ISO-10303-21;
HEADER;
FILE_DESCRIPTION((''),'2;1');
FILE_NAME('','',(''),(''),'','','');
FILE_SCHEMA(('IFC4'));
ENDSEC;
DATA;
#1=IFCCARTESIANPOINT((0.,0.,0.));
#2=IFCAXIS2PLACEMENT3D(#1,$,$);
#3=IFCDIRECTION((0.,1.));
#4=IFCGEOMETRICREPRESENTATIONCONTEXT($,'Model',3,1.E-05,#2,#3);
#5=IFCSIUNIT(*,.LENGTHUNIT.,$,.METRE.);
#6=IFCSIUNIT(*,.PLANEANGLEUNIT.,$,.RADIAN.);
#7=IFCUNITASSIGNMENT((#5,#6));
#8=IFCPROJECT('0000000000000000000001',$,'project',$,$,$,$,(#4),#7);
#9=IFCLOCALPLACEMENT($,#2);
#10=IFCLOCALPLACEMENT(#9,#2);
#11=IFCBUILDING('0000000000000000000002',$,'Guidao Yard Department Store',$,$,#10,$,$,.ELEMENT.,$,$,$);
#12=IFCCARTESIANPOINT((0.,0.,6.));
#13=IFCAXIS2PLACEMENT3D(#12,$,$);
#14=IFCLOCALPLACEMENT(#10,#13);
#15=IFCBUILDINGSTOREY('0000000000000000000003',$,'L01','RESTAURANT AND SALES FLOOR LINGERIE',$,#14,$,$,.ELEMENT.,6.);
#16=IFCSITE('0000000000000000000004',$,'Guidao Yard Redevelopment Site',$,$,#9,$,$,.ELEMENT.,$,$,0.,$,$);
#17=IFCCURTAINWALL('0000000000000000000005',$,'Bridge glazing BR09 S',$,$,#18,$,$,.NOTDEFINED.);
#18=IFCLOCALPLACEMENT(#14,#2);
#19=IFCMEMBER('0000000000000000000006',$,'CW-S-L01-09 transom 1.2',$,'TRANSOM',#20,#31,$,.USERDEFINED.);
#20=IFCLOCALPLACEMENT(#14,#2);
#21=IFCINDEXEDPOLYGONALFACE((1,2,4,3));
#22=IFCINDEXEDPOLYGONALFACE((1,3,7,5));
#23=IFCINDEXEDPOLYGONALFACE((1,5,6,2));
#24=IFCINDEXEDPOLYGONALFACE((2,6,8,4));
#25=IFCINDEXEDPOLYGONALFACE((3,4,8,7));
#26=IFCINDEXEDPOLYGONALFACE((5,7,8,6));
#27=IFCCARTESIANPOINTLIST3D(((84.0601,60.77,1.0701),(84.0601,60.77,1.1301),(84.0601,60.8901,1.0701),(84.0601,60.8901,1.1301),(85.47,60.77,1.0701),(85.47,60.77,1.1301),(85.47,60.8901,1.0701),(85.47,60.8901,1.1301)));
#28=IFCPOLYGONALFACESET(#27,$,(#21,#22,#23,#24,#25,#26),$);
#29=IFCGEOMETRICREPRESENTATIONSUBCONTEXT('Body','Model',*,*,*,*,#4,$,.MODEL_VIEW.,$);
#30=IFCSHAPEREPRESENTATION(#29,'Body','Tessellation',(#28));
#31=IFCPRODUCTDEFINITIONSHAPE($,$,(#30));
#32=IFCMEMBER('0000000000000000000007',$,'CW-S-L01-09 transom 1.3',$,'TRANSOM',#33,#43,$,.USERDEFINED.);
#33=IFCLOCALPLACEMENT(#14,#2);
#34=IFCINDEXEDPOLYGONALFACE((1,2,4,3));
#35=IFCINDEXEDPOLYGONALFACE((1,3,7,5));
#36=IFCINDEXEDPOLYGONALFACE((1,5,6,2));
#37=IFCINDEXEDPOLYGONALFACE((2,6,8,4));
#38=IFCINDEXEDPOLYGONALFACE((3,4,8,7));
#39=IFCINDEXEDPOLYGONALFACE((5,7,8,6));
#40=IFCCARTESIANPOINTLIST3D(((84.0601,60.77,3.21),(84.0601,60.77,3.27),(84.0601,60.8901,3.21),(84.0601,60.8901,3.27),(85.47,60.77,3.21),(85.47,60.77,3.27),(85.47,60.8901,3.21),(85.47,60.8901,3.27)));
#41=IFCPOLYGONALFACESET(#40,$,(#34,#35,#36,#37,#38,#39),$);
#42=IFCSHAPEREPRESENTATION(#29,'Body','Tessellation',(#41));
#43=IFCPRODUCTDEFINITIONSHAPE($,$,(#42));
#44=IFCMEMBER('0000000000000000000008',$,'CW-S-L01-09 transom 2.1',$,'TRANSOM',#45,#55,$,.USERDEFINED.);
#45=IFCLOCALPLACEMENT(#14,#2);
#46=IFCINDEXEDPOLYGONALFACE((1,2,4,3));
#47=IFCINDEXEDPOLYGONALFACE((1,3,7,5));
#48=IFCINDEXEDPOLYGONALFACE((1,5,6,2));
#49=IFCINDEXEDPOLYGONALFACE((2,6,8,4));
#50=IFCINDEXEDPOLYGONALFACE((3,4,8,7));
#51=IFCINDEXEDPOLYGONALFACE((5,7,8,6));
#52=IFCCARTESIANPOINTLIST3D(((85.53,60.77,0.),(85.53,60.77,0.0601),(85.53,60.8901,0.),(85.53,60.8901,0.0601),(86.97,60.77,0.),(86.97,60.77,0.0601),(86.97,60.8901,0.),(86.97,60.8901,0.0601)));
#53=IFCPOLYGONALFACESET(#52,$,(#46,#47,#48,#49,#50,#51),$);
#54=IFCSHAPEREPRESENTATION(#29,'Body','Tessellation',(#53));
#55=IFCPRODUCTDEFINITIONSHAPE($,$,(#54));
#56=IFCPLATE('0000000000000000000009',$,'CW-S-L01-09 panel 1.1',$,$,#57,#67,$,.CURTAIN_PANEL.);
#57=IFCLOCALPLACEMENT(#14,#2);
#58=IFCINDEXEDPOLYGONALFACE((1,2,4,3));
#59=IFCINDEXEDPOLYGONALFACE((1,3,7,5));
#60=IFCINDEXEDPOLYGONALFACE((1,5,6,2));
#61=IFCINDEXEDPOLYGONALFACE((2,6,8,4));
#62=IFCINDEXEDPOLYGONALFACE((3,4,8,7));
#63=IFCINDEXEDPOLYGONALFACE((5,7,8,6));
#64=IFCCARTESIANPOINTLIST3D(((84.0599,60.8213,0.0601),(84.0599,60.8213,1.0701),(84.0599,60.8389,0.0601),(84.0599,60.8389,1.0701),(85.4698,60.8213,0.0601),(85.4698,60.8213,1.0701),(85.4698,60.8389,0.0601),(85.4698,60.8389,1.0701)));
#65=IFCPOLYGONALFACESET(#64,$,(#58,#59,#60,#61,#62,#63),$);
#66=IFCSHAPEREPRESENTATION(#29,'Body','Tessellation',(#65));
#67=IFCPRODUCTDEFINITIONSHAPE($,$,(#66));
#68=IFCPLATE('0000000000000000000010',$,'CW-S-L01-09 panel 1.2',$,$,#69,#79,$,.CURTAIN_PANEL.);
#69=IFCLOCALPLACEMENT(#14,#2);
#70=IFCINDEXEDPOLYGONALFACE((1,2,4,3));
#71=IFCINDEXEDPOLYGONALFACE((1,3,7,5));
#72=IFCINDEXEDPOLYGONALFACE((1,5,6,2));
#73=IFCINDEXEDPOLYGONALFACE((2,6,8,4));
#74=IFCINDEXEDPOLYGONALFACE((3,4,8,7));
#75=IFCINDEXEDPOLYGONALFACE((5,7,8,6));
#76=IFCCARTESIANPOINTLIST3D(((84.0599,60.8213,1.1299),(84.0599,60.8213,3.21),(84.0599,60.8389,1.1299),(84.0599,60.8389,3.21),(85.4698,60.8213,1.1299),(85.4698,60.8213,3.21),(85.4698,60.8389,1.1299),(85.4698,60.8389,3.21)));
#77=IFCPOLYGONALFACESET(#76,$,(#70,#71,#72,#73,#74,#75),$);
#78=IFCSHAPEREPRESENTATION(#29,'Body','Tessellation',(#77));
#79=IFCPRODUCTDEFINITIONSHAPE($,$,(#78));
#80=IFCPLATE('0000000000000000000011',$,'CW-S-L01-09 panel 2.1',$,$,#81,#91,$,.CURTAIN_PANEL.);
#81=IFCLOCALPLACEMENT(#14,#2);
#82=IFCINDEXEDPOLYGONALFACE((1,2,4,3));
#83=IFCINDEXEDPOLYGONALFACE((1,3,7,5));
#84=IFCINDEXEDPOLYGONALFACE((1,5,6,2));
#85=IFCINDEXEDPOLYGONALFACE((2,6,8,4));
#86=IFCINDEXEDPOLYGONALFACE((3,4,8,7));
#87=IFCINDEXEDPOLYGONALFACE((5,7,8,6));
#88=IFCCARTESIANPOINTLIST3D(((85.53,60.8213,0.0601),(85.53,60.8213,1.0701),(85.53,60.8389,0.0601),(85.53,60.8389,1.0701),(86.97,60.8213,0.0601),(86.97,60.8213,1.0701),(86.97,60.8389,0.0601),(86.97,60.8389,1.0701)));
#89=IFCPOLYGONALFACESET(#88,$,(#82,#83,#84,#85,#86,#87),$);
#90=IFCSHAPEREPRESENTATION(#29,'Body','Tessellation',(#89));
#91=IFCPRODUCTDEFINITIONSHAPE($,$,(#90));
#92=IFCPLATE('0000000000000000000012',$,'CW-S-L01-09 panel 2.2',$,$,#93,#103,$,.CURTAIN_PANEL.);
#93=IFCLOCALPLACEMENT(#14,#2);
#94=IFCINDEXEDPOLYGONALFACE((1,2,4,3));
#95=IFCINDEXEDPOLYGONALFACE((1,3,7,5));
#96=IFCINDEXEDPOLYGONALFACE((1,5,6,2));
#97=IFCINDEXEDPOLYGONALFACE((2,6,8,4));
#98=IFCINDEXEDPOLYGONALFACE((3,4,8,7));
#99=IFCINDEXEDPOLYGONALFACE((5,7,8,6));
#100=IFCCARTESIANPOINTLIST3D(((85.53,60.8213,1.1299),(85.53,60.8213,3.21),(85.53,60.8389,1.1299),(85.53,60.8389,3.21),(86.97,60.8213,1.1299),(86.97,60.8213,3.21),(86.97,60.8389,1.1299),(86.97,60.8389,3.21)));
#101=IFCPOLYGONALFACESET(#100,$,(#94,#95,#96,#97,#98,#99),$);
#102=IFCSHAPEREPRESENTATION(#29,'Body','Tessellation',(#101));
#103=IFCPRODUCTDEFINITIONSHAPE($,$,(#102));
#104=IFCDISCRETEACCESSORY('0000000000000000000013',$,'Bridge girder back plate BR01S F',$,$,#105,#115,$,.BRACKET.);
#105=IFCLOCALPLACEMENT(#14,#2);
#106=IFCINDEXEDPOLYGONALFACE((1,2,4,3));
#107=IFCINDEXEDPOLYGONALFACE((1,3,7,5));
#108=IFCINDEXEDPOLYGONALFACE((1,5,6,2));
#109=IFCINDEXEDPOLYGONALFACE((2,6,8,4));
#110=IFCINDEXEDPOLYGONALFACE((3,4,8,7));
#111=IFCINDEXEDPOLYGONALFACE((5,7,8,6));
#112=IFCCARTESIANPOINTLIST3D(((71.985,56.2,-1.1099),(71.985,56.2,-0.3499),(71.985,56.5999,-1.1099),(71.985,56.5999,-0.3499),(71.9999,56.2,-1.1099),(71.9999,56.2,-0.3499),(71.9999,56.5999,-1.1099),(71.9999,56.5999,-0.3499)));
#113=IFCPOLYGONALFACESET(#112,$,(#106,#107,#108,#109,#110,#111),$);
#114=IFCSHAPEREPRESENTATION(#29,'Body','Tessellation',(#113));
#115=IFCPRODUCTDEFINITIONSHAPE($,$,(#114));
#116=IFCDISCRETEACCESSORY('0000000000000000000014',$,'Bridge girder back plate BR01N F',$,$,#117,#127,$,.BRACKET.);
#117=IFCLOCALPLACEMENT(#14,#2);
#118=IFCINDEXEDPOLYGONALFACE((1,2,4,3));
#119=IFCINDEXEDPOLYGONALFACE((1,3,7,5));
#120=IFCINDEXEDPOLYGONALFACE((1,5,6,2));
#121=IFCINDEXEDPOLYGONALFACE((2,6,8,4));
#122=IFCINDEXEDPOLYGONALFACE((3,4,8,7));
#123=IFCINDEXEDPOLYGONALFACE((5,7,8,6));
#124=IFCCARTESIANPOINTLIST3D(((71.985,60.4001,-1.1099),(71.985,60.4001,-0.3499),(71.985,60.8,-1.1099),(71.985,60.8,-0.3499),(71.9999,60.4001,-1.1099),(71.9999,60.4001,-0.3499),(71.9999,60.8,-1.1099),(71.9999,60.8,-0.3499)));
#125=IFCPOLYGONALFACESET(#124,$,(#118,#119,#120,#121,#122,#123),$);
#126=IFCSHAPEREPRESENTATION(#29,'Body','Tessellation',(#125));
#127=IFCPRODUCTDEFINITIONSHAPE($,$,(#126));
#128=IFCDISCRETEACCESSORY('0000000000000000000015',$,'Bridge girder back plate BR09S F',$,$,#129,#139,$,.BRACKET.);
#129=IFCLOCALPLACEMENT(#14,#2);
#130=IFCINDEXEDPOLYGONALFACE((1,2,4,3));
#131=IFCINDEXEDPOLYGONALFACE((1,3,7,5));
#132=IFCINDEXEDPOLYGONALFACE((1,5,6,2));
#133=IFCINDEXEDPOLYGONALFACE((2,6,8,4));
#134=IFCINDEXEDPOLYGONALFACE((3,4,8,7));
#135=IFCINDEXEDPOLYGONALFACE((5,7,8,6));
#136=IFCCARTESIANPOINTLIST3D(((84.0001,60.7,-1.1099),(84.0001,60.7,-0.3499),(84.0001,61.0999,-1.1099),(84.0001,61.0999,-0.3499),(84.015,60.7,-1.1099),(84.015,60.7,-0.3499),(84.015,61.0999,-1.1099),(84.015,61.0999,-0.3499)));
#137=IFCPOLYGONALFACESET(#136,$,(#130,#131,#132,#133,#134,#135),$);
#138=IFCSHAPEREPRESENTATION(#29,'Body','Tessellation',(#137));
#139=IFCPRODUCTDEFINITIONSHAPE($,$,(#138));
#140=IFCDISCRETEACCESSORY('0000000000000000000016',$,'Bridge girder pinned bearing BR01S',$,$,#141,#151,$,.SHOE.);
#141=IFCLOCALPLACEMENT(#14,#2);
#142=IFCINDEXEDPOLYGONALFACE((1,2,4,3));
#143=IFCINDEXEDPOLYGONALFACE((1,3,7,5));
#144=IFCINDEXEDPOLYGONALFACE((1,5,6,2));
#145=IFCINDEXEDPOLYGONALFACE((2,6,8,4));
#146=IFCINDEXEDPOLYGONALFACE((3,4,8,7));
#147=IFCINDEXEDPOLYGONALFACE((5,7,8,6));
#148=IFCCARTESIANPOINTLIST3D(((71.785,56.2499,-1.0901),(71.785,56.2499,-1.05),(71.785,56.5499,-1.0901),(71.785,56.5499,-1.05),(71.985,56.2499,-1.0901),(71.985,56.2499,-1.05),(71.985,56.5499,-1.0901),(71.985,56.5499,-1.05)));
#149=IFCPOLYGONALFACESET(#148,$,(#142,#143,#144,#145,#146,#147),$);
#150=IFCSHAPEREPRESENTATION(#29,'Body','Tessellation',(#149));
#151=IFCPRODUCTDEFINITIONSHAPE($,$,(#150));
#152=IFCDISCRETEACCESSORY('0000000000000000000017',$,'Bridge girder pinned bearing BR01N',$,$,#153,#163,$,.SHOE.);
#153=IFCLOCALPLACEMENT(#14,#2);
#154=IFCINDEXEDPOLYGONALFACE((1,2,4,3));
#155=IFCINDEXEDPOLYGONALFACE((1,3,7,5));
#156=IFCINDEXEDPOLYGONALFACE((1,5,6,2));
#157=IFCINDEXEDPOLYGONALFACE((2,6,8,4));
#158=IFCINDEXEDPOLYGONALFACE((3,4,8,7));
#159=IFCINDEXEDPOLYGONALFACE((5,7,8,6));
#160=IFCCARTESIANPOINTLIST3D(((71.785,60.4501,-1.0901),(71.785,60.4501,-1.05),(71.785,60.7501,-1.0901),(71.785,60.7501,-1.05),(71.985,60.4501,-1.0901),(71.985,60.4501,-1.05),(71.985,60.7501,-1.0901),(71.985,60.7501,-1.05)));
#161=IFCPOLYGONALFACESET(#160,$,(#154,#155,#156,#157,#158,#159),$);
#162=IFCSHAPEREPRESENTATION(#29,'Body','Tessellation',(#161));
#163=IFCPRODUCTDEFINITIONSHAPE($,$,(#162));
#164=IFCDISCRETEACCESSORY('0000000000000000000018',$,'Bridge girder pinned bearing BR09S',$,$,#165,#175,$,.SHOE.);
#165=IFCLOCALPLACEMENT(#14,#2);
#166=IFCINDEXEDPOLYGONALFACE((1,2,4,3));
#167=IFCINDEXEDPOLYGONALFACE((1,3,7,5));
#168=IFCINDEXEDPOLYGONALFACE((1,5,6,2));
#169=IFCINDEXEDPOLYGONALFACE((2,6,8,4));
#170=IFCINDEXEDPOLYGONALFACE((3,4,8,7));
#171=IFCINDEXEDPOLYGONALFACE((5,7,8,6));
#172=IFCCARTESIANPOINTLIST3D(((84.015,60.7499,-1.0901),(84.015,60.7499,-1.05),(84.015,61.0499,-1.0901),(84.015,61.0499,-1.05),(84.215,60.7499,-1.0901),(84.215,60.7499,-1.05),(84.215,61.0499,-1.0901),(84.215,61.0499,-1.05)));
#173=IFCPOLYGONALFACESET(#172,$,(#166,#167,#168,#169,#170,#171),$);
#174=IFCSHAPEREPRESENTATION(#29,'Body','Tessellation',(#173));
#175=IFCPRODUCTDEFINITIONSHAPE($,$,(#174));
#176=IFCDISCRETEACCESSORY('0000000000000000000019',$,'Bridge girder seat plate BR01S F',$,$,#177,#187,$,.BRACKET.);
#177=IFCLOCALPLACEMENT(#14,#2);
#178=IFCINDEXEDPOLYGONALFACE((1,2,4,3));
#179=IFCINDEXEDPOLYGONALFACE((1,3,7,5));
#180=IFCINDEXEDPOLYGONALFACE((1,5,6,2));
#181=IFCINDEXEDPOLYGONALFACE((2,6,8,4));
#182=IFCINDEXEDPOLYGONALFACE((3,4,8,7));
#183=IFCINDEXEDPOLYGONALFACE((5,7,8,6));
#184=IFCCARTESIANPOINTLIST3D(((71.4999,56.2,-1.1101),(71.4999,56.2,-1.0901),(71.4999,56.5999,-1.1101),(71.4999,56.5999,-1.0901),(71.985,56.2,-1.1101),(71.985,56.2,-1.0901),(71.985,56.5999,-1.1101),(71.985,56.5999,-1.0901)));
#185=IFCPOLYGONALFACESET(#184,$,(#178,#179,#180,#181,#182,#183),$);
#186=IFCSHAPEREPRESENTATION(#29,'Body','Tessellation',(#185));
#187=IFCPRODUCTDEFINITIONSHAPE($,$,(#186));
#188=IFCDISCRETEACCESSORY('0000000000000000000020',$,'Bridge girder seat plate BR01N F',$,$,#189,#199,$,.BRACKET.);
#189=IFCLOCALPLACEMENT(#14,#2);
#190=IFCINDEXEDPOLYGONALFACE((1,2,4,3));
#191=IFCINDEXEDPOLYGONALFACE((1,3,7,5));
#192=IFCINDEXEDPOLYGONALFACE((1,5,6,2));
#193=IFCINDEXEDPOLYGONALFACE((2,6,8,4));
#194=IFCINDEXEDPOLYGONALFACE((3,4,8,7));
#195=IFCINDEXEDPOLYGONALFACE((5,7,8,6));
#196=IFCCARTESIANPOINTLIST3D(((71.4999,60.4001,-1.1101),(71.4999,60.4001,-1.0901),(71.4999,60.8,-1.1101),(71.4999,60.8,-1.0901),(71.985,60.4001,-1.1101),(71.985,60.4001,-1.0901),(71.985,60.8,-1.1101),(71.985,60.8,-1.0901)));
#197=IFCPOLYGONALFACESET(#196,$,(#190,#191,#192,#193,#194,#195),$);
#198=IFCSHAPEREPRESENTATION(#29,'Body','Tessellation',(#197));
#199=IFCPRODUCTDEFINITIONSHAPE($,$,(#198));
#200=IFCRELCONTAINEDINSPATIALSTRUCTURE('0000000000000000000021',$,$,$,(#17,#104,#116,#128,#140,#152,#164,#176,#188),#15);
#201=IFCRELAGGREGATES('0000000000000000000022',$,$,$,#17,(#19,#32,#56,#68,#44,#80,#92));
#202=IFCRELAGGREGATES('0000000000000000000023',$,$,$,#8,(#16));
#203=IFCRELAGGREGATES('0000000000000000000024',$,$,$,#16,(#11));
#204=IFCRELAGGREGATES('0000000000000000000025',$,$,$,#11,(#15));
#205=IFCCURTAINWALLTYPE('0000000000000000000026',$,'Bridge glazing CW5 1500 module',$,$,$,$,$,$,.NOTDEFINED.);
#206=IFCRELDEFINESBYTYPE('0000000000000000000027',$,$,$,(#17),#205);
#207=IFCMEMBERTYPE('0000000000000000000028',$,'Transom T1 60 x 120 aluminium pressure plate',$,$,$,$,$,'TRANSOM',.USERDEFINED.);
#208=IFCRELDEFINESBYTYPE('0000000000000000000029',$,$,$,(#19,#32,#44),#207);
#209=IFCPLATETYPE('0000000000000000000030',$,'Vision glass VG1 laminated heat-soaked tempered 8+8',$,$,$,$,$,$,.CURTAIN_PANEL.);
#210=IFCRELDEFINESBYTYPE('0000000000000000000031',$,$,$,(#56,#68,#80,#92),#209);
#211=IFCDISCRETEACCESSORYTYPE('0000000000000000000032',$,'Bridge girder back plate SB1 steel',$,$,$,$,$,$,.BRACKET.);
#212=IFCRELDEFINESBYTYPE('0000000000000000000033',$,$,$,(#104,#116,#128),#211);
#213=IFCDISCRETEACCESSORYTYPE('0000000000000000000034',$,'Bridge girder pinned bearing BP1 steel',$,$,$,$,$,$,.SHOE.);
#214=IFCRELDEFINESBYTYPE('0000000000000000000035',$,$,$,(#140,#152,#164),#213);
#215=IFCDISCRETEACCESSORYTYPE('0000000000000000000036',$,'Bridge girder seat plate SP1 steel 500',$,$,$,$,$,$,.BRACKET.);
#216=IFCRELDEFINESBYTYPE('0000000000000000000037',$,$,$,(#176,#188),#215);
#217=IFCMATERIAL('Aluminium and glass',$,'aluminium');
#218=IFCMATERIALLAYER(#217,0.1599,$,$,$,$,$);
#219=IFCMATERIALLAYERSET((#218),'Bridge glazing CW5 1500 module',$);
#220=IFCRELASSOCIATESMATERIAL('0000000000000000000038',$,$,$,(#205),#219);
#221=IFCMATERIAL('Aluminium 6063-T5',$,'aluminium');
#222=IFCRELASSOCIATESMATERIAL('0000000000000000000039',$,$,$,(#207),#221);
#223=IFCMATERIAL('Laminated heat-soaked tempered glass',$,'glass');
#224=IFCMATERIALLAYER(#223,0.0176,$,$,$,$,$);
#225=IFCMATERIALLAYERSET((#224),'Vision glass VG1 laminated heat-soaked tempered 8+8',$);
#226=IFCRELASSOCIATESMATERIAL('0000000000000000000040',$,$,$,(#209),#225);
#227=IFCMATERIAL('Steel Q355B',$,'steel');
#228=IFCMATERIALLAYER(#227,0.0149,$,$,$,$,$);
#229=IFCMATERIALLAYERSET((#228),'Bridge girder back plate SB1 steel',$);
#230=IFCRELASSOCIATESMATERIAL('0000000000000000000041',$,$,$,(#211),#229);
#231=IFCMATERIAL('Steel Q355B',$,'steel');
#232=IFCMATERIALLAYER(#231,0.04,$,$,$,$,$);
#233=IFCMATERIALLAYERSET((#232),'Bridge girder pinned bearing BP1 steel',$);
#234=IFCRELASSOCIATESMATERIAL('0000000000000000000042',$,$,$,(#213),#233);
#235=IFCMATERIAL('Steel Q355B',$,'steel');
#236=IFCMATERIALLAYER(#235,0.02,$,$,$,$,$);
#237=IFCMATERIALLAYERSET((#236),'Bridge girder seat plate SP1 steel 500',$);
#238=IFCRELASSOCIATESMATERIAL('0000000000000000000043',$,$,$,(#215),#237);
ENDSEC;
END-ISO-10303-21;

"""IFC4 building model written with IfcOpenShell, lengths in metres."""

from ifc_helpers import new_model, si_unit, direction, frame, origin, origin_2d, place, context, subcontext, project, spatial, rectangle, extrude, material, layer, layer_set, material_profile, profile_set, type_object, element, aggregate, save


model = new_model("IFC4")

# Units and contexts
model_context = context("Model", 3, precision=1e-05, world=origin(), true_north=direction((0.0, 1.0)))
body_context = subcontext(model_context, "Body", "Model", "MODEL_VIEW")
ifc_project = project(units=[si_unit("LENGTHUNIT", "METRE"), si_unit("PLANEANGLEUNIT", "RADIAN")], contexts=[model_context])

# Site, building, storey
site_placement = place(None, origin())
site = spatial("IfcSite", under=ifc_project, at=site_placement, Name="Guidao Yard Redevelopment Site", CompositionType="ELEMENT", RefElevation=0.0)
building_placement = place(site_placement, origin())
building = spatial("IfcBuilding", under=site, at=building_placement, Name="Guidao Yard Department Store", CompositionType="ELEMENT")
storey_placement = place(building_placement, frame((0.0, 0.0, 6.0)))
storey = spatial("IfcBuildingStorey", under=building, at=storey_placement, Name="L01", Description="RESTAURANT AND SALES FLOOR LINGERIE", CompositionType="ELEMENT", Elevation=6.0)

# Shared definitions
ifc_material_1 = material(Name="Aluminium and glass", Category="aluminium")
ifc_layer_1 = layer(ifc_material_1, 0.1599)
ifc_layer_set_1 = layer_set([ifc_layer_1], Name="Bridge glazing CW5 1500 module")
curtain_wall_type = type_object("IfcCurtainWallType", Name="Bridge glazing CW5 1500 module", PredefinedType="NOTDEFINED", material=ifc_layer_set_1)

# Curtain wall
curtain_wall_1_placement = place(storey_placement, origin())
curtain_wall_1 = element("IfcCurtainWall", 1, at=curtain_wall_1_placement, inside=storey, type_object=curtain_wall_type, Name="Bridge glazing BR09 S", PredefinedType="NOTDEFINED")

# Members
ifc_material_2 = material(Name="Aluminium 6063-T5", Category="aluminium")
ifc_material_profile_1 = material_profile(ifc_material_2, rectangle(XDim=0.1201, YDim=0.0601, at=origin_2d()), Name="Transom T1 60 x 120 aluminium pressure plate")
ifc_profile_set_1 = profile_set([ifc_material_profile_1], Name="Aluminium 6063-T5")
member_type_1 = type_object("IfcMemberType", Name="Transom T1 60 x 120 aluminium pressure plate", ElementType="TRANSOM", PredefinedType="USERDEFINED", material=ifc_profile_set_1)
member_1_placement = place(storey_placement, frame((85.47, 60.8301, 1.1001), z_axis=(-1.0, 0.0, 0.0), x_axis=(0.0, -1.0, 0.0)))
member_1 = element("IfcMember", 2, at=member_1_placement, type_object=member_type_1, Name="CW-S-L01-09 transom 1.2", ObjectType="TRANSOM", PredefinedType="USERDEFINED", context=body_context, shape_type="SweptSolid", body=[
    extrude(rectangle(XDim=0.1201, YDim=0.0601, at=origin_2d()), origin(), (0.0, 0.0, 1.0), 1.4099),
])
member_2_placement = place(storey_placement, frame((85.47, 60.8301, 3.24), z_axis=(-1.0, 0.0, 0.0), x_axis=(0.0, -1.0, 0.0)))
member_2 = element("IfcMember", 3, at=member_2_placement, type_object=member_type_1, Name="CW-S-L01-09 transom 1.3", ObjectType="TRANSOM", PredefinedType="USERDEFINED", context=body_context, shape_type="SweptSolid", body=[
    extrude(rectangle(XDim=0.1201, YDim=0.0601, at=origin_2d()), origin(), (0.0, 0.0, 1.0), 1.4099),
])
member_3_placement = place(storey_placement, frame((86.97, 60.8301, 0.03), z_axis=(-1.0, 0.0, 0.0), x_axis=(0.0, -1.0, 0.0)))
member_3 = element("IfcMember", 4, at=member_3_placement, type_object=member_type_1, Name="CW-S-L01-09 transom 2.1", ObjectType="TRANSOM", PredefinedType="USERDEFINED", context=body_context, shape_type="SweptSolid", body=[
    extrude(rectangle(XDim=0.1201, YDim=0.0601, at=origin_2d()), origin(), (0.0, 0.0, 1.0), 1.4399),
])

# Plates
ifc_material_3 = material(Name="Laminated heat-soaked tempered glass", Category="glass")
ifc_layer_2 = layer(ifc_material_3, 0.0176)
ifc_layer_set_2 = layer_set([ifc_layer_2], Name="Vision glass VG1 laminated heat-soaked tempered 8+8")
plate_type = type_object("IfcPlateType", Name="Vision glass VG1 laminated heat-soaked tempered 8+8", PredefinedType="CURTAIN_PANEL", material=ifc_layer_set_2)
plate_1_placement = place(storey_placement, frame((84.7649, 60.8301, 0.0601), z_axis=(0.0, 0.0, 1.0), x_axis=(-1.0, 0.0, 0.0)))
plate_1 = element("IfcPlate", 5, at=plate_1_placement, type_object=plate_type, Name="CW-S-L01-09 panel 1.1", PredefinedType="CURTAIN_PANEL", context=body_context, shape_type="SweptSolid", body=[
    extrude(rectangle(XDim=1.4099, YDim=0.0176, at=origin_2d()), origin(), (0.0, 0.0, 1.0), 1.01),
])
plate_2_placement = place(storey_placement, frame((84.7649, 60.8301, 1.1299), z_axis=(0.0, 0.0, 1.0), x_axis=(-1.0, 0.0, 0.0)))
plate_2 = element("IfcPlate", 6, at=plate_2_placement, type_object=plate_type, Name="CW-S-L01-09 panel 1.2", PredefinedType="CURTAIN_PANEL", context=body_context, shape_type="SweptSolid", body=[
    extrude(rectangle(XDim=1.4099, YDim=0.0176, at=origin_2d()), origin(), (0.0, 0.0, 1.0), 2.0801),
])
plate_3_placement = place(storey_placement, frame((86.25, 60.8301, 0.0601), z_axis=(0.0, 0.0, 1.0), x_axis=(-1.0, 0.0, 0.0)))
plate_3 = element("IfcPlate", 7, at=plate_3_placement, type_object=plate_type, Name="CW-S-L01-09 panel 2.1", PredefinedType="CURTAIN_PANEL", context=body_context, shape_type="SweptSolid", body=[
    extrude(rectangle(XDim=1.4399, YDim=0.0176, at=origin_2d()), origin(), (0.0, 0.0, 1.0), 1.01),
])
plate_4_placement = place(storey_placement, frame((86.25, 60.8301, 1.1299), z_axis=(0.0, 0.0, 1.0), x_axis=(-1.0, 0.0, 0.0)))
plate_4 = element("IfcPlate", 8, at=plate_4_placement, type_object=plate_type, Name="CW-S-L01-09 panel 2.2", PredefinedType="CURTAIN_PANEL", context=body_context, shape_type="SweptSolid", body=[
    extrude(rectangle(XDim=1.4399, YDim=0.0176, at=origin_2d()), origin(), (0.0, 0.0, 1.0), 2.0801),
])
aggregate(curtain_wall_1, [member_1, member_2, plate_1, plate_2, member_3, plate_3, plate_4])

# Discrete accessories
ifc_material_4 = material(Name="Steel Q355B", Category="steel")
ifc_layer_3 = layer(ifc_material_4, 0.0149)
ifc_layer_set_3 = layer_set([ifc_layer_3], Name="Bridge girder back plate SB1 steel")
discrete_accessory_type_1 = type_object("IfcDiscreteAccessoryType", Name="Bridge girder back plate SB1 steel", PredefinedType="BRACKET", material=ifc_layer_set_3)
for number, where, z_axis, x_axis, name in (
    (9, (71.9924, 56.3999, -1.1099), (0.0, 0.0, 1.0), (1.0, 0.0, 0.0), "Bridge girder back plate BR01S F"),
    (10, (71.9924, 60.6001, -1.1099), (0.0, 0.0, 1.0), (1.0, 0.0, 0.0), "Bridge girder back plate BR01N F"),
    (11, (84.0076, 60.8999, -1.1099), (0.0, 0.0, 1.0), (1.0, 0.0, 0.0), "Bridge girder back plate BR09S F"),
):
    element("IfcDiscreteAccessory", number, at=place(storey_placement, frame(where, z_axis=z_axis, x_axis=x_axis)), inside=storey, type_object=discrete_accessory_type_1, Name=name, PredefinedType="BRACKET", context=body_context, shape_type="SweptSolid", body=[
        extrude(rectangle(XDim=0.0149, YDim=0.3999, at=origin_2d()), origin(), (0.0, 0.0, 1.0), 0.76),
    ])
ifc_material_5 = material(Name="Steel Q355B", Category="steel")
ifc_layer_4 = layer(ifc_material_5, 0.04)
ifc_layer_set_4 = layer_set([ifc_layer_4], Name="Bridge girder pinned bearing BP1 steel")
discrete_accessory_type_2 = type_object("IfcDiscreteAccessoryType", Name="Bridge girder pinned bearing BP1 steel", PredefinedType="SHOE", material=ifc_layer_set_4)
for number, where, z_axis, x_axis, name in (
    (12, (71.885, 56.3999, -1.0901), (0.0, 0.0, 1.0), (1.0, 0.0, 0.0), "Bridge girder pinned bearing BR01S"),
    (13, (71.885, 60.6001, -1.0901), (0.0, 0.0, 1.0), (1.0, 0.0, 0.0), "Bridge girder pinned bearing BR01N"),
    (14, (84.115, 60.8999, -1.0901), (0.0, 0.0, 1.0), (1.0, 0.0, 0.0), "Bridge girder pinned bearing BR09S"),
):
    element("IfcDiscreteAccessory", number, at=place(storey_placement, frame(where, z_axis=z_axis, x_axis=x_axis)), inside=storey, type_object=discrete_accessory_type_2, Name=name, PredefinedType="SHOE", context=body_context, shape_type="SweptSolid", body=[
        extrude(rectangle(XDim=0.2, YDim=0.3, at=origin_2d()), origin(), (0.0, 0.0, 1.0), 0.04),
    ])
ifc_material_6 = material(Name="Steel Q355B", Category="steel")
ifc_layer_5 = layer(ifc_material_6, 0.02)
ifc_layer_set_5 = layer_set([ifc_layer_5], Name="Bridge girder seat plate SP1 steel 500")
discrete_accessory_type_3 = type_object("IfcDiscreteAccessoryType", Name="Bridge girder seat plate SP1 steel 500", PredefinedType="BRACKET", material=ifc_layer_set_5)
for number, where, z_axis, x_axis, name in (
    (15, (71.7424, 56.3999, -1.1101), (0.0, 0.0, 1.0), (1.0, 0.0, 0.0), "Bridge girder seat plate BR01S F"),
    (16, (71.7424, 60.6001, -1.1101), (0.0, 0.0, 1.0), (1.0, 0.0, 0.0), "Bridge girder seat plate BR01N F"),
):
    element("IfcDiscreteAccessory", number, at=place(storey_placement, frame(where, z_axis=z_axis, x_axis=x_axis)), inside=storey, type_object=discrete_accessory_type_3, Name=name, PredefinedType="BRACKET", context=body_context, shape_type="SweptSolid", body=[
        extrude(rectangle(XDim=0.4851, YDim=0.3999, at=origin_2d()), origin(), (0.0, 0.0, 1.0), 0.02),
    ])

save(model, "model.ifc")
